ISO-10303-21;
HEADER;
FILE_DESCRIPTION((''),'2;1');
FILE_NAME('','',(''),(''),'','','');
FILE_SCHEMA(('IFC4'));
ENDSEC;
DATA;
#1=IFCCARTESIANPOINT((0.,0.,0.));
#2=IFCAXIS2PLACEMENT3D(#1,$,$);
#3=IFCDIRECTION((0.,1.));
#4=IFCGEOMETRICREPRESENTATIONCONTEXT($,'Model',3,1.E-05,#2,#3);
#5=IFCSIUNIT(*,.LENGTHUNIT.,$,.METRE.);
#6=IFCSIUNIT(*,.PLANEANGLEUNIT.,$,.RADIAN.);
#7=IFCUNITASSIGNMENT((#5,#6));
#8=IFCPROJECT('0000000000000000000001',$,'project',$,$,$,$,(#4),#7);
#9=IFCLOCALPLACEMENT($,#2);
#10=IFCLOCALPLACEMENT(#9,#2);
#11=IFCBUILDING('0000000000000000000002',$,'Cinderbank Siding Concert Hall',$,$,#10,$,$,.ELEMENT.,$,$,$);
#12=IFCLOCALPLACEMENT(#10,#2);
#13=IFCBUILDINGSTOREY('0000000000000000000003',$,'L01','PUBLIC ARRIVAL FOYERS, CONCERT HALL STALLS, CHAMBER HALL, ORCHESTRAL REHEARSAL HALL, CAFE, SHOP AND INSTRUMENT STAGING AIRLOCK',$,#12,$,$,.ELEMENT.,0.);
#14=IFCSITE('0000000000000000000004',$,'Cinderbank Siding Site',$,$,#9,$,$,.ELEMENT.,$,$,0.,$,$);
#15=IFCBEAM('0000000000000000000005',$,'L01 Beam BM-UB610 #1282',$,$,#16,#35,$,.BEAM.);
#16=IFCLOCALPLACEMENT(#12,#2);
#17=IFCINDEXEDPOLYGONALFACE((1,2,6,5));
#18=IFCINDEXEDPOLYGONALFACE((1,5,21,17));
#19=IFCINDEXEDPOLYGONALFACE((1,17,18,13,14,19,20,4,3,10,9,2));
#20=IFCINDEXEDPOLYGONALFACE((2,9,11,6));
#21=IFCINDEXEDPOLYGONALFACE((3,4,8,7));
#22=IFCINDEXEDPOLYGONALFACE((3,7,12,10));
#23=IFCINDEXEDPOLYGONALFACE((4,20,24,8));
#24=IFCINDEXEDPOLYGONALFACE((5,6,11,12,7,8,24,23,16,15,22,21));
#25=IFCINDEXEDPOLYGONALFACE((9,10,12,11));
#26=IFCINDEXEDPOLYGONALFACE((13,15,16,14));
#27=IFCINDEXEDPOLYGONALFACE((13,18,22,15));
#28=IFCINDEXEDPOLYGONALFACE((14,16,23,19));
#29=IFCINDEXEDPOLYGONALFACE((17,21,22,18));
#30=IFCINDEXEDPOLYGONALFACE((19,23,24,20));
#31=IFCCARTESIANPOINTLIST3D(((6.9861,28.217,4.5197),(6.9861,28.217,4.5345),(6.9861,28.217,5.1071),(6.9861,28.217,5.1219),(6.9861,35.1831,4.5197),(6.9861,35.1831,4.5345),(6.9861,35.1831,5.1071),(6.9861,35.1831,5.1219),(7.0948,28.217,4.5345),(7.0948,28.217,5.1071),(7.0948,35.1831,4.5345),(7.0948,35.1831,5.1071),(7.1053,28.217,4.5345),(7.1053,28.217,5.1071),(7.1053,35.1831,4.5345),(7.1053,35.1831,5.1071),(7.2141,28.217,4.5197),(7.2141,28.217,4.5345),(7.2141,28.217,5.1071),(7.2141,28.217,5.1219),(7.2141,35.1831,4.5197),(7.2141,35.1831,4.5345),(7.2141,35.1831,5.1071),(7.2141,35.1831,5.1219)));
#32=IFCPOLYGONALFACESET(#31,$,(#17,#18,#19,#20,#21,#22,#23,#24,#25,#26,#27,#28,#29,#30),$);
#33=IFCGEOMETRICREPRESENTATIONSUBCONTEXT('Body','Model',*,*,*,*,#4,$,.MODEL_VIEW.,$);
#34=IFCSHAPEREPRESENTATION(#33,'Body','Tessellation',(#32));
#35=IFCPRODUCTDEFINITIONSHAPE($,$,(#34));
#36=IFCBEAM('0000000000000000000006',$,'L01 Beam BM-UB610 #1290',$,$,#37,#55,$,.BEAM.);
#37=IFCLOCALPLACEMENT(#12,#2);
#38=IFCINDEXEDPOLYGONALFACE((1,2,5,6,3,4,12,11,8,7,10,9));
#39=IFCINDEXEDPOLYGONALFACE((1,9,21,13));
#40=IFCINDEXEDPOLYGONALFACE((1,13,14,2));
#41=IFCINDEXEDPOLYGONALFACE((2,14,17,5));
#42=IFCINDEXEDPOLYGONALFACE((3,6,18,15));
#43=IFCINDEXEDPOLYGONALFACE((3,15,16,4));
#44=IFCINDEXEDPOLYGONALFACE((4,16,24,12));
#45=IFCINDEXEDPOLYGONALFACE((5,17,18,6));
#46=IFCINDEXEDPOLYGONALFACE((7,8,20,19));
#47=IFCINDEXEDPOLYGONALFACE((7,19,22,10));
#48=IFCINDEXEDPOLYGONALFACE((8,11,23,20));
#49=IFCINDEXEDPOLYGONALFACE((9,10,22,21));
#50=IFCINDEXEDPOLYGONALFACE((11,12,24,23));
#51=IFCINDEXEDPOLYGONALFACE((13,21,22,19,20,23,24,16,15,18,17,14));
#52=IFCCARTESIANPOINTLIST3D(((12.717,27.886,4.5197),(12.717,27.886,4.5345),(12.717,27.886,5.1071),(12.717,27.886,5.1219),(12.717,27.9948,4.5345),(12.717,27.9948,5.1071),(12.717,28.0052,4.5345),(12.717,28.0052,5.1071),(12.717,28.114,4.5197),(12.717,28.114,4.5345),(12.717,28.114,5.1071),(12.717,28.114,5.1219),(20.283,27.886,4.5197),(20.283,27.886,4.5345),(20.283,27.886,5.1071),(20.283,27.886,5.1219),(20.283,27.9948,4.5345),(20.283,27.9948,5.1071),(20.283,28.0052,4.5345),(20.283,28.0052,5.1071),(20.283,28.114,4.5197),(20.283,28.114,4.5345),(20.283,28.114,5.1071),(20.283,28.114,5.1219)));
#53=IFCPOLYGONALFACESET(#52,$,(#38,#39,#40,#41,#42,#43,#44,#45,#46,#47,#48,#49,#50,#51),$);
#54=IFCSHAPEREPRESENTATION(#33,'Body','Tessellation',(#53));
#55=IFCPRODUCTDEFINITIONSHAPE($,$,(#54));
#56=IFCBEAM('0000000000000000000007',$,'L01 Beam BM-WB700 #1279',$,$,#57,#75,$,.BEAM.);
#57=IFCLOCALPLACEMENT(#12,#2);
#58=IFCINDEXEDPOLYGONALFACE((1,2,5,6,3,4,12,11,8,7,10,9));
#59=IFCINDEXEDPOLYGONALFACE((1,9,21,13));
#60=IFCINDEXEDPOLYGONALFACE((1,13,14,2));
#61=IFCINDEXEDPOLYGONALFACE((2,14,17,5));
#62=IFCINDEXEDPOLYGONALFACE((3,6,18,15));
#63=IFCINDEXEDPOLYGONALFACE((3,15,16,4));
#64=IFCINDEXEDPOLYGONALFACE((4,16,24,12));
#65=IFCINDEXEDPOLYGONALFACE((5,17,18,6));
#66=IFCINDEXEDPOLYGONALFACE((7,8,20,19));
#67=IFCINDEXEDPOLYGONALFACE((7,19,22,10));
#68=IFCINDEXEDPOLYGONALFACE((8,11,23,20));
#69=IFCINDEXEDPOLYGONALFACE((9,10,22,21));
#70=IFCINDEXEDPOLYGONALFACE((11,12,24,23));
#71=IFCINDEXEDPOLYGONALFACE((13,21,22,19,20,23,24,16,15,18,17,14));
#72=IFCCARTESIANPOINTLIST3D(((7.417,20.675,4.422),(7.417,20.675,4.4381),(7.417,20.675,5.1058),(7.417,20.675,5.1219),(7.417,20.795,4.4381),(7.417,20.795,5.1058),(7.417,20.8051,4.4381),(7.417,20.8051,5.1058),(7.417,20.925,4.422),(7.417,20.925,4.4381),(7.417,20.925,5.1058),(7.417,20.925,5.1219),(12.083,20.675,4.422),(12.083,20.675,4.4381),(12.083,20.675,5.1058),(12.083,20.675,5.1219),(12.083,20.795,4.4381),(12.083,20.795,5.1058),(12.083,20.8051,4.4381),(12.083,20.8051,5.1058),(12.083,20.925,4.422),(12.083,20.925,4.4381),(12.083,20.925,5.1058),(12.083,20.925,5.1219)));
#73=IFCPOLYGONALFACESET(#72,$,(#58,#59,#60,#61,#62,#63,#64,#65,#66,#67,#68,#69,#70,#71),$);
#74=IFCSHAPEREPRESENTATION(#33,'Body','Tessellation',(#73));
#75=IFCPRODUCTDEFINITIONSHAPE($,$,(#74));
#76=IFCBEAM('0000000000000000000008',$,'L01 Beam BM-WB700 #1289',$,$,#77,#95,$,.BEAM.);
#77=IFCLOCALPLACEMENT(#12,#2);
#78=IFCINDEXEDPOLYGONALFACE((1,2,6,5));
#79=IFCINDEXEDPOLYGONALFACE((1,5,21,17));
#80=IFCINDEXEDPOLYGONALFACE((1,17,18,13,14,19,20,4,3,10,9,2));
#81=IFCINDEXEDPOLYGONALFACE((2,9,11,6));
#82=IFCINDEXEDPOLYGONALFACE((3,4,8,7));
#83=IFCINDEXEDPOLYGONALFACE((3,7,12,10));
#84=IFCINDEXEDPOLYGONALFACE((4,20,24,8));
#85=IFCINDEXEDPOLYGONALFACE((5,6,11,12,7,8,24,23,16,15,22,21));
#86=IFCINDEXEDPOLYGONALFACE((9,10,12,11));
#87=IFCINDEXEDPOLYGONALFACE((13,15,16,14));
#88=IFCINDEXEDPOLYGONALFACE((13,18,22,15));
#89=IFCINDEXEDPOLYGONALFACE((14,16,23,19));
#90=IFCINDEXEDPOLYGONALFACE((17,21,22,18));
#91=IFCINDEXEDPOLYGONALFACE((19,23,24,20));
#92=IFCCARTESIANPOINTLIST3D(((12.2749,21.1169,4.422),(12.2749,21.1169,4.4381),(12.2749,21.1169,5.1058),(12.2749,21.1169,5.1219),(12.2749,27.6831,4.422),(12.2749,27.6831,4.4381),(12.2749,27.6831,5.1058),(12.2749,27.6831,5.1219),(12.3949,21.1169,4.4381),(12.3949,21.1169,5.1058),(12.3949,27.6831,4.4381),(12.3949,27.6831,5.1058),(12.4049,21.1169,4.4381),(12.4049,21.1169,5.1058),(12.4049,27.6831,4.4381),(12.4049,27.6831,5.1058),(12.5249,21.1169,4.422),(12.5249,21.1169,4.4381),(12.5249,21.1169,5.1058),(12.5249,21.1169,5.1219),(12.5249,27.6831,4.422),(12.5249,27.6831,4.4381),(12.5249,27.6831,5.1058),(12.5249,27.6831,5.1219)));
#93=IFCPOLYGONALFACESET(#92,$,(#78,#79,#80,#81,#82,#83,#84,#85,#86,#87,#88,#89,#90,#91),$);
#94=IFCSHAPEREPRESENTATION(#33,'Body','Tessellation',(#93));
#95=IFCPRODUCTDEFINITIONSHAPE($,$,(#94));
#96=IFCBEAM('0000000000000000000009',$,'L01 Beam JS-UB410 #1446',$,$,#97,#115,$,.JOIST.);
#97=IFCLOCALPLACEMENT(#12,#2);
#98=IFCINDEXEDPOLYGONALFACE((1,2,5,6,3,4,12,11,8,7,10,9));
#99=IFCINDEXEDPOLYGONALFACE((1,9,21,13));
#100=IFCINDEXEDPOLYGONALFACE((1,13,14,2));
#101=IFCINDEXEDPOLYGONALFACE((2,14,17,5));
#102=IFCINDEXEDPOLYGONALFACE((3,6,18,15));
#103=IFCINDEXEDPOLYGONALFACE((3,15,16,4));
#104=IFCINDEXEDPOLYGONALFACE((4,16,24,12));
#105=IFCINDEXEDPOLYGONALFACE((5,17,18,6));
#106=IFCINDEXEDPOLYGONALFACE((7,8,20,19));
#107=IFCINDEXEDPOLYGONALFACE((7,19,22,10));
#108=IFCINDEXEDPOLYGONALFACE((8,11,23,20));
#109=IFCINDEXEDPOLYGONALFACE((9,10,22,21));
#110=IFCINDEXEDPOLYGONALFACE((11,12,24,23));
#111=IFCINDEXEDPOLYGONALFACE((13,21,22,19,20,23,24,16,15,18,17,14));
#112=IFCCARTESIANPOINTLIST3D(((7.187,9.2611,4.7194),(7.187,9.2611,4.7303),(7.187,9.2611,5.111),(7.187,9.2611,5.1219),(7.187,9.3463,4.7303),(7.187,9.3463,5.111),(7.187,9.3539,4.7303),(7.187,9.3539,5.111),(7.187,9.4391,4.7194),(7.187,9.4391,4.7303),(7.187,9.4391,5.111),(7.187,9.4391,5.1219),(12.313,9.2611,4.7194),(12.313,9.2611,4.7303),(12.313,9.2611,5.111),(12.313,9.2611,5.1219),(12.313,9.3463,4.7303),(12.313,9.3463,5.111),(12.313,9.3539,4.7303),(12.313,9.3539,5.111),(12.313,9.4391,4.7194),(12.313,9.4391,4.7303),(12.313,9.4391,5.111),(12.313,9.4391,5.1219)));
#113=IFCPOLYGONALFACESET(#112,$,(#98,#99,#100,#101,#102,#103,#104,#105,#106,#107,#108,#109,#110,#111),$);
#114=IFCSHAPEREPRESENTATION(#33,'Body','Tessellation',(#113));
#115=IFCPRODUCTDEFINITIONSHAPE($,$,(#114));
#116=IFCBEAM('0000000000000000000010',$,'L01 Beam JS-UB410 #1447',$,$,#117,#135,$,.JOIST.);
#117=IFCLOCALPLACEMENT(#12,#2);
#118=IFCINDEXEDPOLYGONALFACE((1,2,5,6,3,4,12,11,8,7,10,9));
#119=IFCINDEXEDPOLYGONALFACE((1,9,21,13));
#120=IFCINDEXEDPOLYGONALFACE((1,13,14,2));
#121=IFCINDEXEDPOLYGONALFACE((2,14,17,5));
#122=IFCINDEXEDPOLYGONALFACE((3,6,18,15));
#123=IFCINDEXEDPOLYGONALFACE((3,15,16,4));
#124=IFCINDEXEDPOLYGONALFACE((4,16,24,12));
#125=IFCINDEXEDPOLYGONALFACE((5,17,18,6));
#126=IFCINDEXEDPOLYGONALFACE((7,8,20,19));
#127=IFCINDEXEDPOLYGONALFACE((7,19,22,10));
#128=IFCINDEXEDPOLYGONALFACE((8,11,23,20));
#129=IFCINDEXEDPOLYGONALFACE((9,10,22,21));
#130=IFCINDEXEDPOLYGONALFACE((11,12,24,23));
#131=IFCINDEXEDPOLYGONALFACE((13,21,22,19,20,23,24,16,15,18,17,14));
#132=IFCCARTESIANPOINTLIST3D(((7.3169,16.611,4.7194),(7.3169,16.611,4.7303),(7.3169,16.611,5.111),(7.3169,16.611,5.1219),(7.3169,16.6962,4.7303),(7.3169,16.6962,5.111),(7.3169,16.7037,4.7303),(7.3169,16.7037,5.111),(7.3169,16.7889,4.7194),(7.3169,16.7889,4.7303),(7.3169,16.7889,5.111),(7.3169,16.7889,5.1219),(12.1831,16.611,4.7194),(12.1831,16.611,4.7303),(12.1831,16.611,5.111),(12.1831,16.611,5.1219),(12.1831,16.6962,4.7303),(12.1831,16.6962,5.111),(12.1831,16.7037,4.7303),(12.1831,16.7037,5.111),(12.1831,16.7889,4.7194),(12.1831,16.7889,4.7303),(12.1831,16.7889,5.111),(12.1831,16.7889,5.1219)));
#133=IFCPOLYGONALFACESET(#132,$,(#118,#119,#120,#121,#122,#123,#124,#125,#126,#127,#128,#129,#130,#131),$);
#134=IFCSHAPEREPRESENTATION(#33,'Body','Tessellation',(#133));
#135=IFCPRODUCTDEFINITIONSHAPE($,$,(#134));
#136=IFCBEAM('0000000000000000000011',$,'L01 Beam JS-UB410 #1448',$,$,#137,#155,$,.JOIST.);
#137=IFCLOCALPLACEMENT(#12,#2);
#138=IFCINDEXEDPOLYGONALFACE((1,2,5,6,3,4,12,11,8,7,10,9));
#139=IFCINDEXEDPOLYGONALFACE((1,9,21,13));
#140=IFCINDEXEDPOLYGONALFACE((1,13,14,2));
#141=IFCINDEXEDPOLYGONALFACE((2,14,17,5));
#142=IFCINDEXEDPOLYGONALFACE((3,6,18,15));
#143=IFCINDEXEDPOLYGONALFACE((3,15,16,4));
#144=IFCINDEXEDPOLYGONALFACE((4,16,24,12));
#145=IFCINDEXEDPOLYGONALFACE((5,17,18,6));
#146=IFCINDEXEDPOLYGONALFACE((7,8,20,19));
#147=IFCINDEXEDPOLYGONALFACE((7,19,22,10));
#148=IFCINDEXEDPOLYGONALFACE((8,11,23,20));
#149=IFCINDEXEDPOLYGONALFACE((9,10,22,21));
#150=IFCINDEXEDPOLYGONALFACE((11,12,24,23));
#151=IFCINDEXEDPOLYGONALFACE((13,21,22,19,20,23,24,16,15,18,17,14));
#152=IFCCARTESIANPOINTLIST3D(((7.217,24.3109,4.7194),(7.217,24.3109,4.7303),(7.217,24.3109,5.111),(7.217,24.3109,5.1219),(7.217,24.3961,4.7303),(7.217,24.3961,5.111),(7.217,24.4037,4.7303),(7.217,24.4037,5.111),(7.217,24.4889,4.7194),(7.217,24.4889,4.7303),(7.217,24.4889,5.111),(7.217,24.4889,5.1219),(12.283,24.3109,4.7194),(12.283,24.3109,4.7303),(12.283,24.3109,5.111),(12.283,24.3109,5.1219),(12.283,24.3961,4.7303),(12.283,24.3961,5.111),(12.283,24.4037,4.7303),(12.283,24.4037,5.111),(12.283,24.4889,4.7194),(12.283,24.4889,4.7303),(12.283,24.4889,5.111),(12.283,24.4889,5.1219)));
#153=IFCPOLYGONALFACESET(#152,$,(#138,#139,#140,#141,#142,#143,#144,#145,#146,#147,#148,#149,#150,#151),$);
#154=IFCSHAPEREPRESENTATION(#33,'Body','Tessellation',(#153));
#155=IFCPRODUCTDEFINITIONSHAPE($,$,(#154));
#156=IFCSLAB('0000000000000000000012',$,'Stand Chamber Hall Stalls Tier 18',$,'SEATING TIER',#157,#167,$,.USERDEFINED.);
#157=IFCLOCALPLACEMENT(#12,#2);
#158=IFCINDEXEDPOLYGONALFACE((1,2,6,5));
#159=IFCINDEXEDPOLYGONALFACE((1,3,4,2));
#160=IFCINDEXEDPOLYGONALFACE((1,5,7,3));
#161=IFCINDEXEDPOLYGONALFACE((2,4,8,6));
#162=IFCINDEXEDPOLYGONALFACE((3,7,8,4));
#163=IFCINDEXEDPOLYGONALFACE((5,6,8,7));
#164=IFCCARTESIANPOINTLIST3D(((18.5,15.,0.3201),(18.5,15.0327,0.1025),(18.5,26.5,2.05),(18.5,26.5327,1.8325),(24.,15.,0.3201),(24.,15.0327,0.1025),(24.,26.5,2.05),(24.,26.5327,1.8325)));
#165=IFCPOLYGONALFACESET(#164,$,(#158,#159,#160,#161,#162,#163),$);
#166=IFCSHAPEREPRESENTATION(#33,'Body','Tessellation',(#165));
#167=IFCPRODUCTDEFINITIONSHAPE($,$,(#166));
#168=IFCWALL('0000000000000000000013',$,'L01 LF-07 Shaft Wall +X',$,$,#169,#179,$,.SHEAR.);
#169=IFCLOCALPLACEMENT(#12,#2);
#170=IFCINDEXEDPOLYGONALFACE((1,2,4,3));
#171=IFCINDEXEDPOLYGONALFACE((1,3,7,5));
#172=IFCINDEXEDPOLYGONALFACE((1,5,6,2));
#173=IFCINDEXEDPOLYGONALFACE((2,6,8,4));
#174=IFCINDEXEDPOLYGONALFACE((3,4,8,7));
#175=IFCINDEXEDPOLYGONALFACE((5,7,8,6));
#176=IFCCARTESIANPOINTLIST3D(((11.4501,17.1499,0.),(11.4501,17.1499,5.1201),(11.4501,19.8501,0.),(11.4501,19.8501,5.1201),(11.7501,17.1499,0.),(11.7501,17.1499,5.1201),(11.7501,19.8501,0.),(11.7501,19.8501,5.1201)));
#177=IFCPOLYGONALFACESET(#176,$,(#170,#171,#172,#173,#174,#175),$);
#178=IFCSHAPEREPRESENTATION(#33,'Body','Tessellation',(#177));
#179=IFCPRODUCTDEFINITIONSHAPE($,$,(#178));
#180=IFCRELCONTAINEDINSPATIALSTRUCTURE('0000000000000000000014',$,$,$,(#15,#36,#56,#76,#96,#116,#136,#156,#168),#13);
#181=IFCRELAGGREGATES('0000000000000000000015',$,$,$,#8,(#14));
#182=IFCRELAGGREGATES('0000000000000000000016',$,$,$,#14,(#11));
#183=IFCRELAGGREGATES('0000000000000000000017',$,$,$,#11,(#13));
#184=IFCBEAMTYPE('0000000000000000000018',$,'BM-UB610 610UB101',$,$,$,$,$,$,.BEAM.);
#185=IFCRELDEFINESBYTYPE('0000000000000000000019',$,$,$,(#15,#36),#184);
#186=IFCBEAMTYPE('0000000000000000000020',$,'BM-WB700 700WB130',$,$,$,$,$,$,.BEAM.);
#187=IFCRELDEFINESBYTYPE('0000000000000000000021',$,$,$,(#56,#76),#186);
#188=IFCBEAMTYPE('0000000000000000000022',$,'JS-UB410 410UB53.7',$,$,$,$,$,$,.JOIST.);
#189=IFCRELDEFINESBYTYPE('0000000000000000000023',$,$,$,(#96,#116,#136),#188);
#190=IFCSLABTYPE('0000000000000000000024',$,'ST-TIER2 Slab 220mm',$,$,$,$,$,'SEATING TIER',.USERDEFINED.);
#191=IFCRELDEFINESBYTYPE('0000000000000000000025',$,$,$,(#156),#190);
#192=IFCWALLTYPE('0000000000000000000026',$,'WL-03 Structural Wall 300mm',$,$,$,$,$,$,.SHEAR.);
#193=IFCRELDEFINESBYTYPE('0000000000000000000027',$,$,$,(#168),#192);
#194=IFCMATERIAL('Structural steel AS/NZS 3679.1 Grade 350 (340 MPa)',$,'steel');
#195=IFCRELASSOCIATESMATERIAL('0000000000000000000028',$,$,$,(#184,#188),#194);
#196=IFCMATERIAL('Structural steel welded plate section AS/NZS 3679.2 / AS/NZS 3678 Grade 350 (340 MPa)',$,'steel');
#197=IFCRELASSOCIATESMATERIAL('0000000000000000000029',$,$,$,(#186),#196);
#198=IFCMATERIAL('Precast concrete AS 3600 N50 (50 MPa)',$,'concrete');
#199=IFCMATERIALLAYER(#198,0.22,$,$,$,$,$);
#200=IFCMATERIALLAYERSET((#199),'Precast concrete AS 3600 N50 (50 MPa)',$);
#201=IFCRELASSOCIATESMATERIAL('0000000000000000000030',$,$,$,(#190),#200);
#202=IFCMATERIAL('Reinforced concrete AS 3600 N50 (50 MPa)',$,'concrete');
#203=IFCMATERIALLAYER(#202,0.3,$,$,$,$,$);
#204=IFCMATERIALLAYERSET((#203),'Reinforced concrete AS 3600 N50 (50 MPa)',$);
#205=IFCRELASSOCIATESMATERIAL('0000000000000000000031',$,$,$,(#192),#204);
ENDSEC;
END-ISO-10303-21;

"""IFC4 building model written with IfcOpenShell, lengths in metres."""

from ifc_helpers import new_model, si_unit, direction, frame, frame_2d, origin, origin_2d, place, context, subcontext, project, spatial, polyline, rectangle, i_section, outline, extrude, material, layer, layer_set, material_profile, profile_set, type_object, element, save


model = new_model("IFC4")

# Units and contexts
model_context = context("Model", 3, precision=1e-05, world=origin(), true_north=direction((0.0, 1.0)))
body_context = subcontext(model_context, "Body", "Model", "MODEL_VIEW")
ifc_project = project(units=[si_unit("LENGTHUNIT", "METRE"), si_unit("PLANEANGLEUNIT", "RADIAN")], contexts=[model_context])

# Site, building, storey
site_placement = place(None, origin())
site = spatial("IfcSite", under=ifc_project, at=site_placement, Name="Cinderbank Siding Site", CompositionType="ELEMENT", RefElevation=0.0)
building_placement = place(site_placement, origin())
building = spatial("IfcBuilding", under=site, at=building_placement, Name="Cinderbank Siding Concert Hall", CompositionType="ELEMENT")
storey_placement = place(building_placement, origin())
storey = spatial("IfcBuildingStorey", under=building, at=storey_placement, Name="L01", Description="PUBLIC ARRIVAL FOYERS, CONCERT HALL STALLS, CHAMBER HALL, ORCHESTRAL REHEARSAL HALL, CAFE, SHOP AND INSTRUMENT STAGING AIRLOCK", CompositionType="ELEMENT", Elevation=0.0)

# Shared definitions
ifc_material_1 = material(Name="Reinforced concrete AS 3600 N50 (50 MPa)", Category="concrete")

# Beams
ifc_material_2 = material(Name="Structural steel AS/NZS 3679.1 Grade 350 (340 MPa)", Category="steel")
ifc_material_profile_1 = material_profile(ifc_material_2, i_section(OverallWidth=0.228, OverallDepth=0.6023, WebThickness=0.0105, FlangeThickness=0.0149, at=origin_2d()), Name="610UB101", Category="LoadBearing")
ifc_profile_set_1 = profile_set([ifc_material_profile_1], Name="Structural steel AS/NZS 3679.1 Grade 350 (340 MPa)")
beam_type_1 = type_object("IfcBeamType", Name="BM-UB610 610UB101", PredefinedType="BEAM", material=ifc_profile_set_1)
beam_1_placement = place(storey_placement, frame((7.1001, 28.217, 4.8208), z_axis=(0.0, 1.0, 0.0), x_axis=(-1.0, 0.0, 0.0)))
element("IfcBeam", 1, at=beam_1_placement, inside=storey, type_object=beam_type_1, Name="L01 Beam BM-UB610 #1282", PredefinedType="BEAM", context=body_context, shape_type="SweptSolid", body=[
    extrude(i_section(OverallWidth=0.228, OverallDepth=0.6023, WebThickness=0.0105, FlangeThickness=0.0149, at=origin_2d()), origin(), (0.0, 0.0, 1.0), 6.9661),
])
beam_2_placement = place(storey_placement, frame((12.717, 28.0, 4.8208), z_axis=(1.0, 0.0, 0.0), x_axis=(0.0, 1.0, 0.0)))
element("IfcBeam", 2, at=beam_2_placement, inside=storey, type_object=beam_type_1, Name="L01 Beam BM-UB610 #1290", PredefinedType="BEAM", context=body_context, shape_type="SweptSolid", body=[
    extrude(i_section(OverallWidth=0.228, OverallDepth=0.6023, WebThickness=0.0105, FlangeThickness=0.0149, at=origin_2d()), origin(), (0.0, 0.0, 1.0), 7.5659),
])
ifc_material_3 = material(Name="Structural steel welded plate section AS/NZS 3679.2 / AS/NZS 3678 Grade 350 (340 MPa)", Category="steel")
ifc_material_profile_2 = material_profile(ifc_material_3, i_section(OverallWidth=0.25, OverallDepth=0.7, WebThickness=0.01, FlangeThickness=0.0161, at=origin_2d()), Name="700WB130", Category="LoadBearing")
ifc_profile_set_2 = profile_set([ifc_material_profile_2], Name="Structural steel welded plate section AS/NZS 3679.2 / AS/NZS 3678 Grade 350 (340 MPa)")
beam_type_2 = type_object("IfcBeamType", Name="BM-WB700 700WB130", PredefinedType="BEAM", material=ifc_profile_set_2)
beam_3_placement = place(storey_placement, frame((7.417, 20.8, 4.772), z_axis=(1.0, 0.0, 0.0), x_axis=(0.0, 1.0, 0.0)))
element("IfcBeam", 3, at=beam_3_placement, inside=storey, type_object=beam_type_2, Name="L01 Beam BM-WB700 #1279", PredefinedType="BEAM", context=body_context, shape_type="SweptSolid", body=[
    extrude(i_section(OverallWidth=0.25, OverallDepth=0.7, WebThickness=0.01, FlangeThickness=0.0161, at=origin_2d()), origin(), (0.0, 0.0, 1.0), 4.666),
])
beam_4_placement = place(storey_placement, frame((12.3999, 21.1169, 4.772), z_axis=(0.0, 1.0, 0.0), x_axis=(-1.0, 0.0, 0.0)))
element("IfcBeam", 4, at=beam_4_placement, inside=storey, type_object=beam_type_2, Name="L01 Beam BM-WB700 #1289", PredefinedType="BEAM", context=body_context, shape_type="SweptSolid", body=[
    extrude(i_section(OverallWidth=0.25, OverallDepth=0.7, WebThickness=0.01, FlangeThickness=0.0161, at=origin_2d()), origin(), (0.0, 0.0, 1.0), 6.5662),
])
ifc_material_profile_3 = material_profile(ifc_material_2, i_section(OverallWidth=0.178, OverallDepth=0.4026, WebThickness=0.0076, FlangeThickness=0.011, at=origin_2d()), Name="410UB53.7", Category="LoadBearing")
ifc_profile_set_3 = profile_set([ifc_material_profile_3], Name="Structural steel AS/NZS 3679.1 Grade 350 (340 MPa)")
beam_type_3 = type_object("IfcBeamType", Name="JS-UB410 410UB53.7", PredefinedType="JOIST", material=ifc_profile_set_3)
beam_5_placement = place(storey_placement, frame((7.187, 9.3501, 4.9207), z_axis=(1.0, 0.0, 0.0), x_axis=(0.0, 1.0, 0.0)))
element("IfcBeam", 5, at=beam_5_placement, inside=storey, type_object=beam_type_3, Name="L01 Beam JS-UB410 #1446", PredefinedType="JOIST", context=body_context, shape_type="SweptSolid", body=[
    extrude(i_section(OverallWidth=0.178, OverallDepth=0.4026, WebThickness=0.0076, FlangeThickness=0.011, at=origin_2d()), origin(), (0.0, 0.0, 1.0), 5.126),
])
beam_6_placement = place(storey_placement, frame((7.3169, 16.7, 4.9207), z_axis=(1.0, 0.0, 0.0), x_axis=(0.0, 1.0, 0.0)))
element("IfcBeam", 6, at=beam_6_placement, inside=storey, type_object=beam_type_3, Name="L01 Beam JS-UB410 #1447", PredefinedType="JOIST", context=body_context, shape_type="SweptSolid", body=[
    extrude(i_section(OverallWidth=0.178, OverallDepth=0.4026, WebThickness=0.0076, FlangeThickness=0.011, at=origin_2d()), origin(), (0.0, 0.0, 1.0), 4.8662),
])
beam_7_placement = place(storey_placement, frame((7.217, 24.3999, 4.9207), z_axis=(1.0, 0.0, 0.0), x_axis=(0.0, 1.0, 0.0)))
element("IfcBeam", 7, at=beam_7_placement, inside=storey, type_object=beam_type_3, Name="L01 Beam JS-UB410 #1448", PredefinedType="JOIST", context=body_context, shape_type="SweptSolid", body=[
    extrude(i_section(OverallWidth=0.178, OverallDepth=0.4026, WebThickness=0.0076, FlangeThickness=0.011, at=origin_2d()), origin(), (0.0, 0.0, 1.0), 5.0659),
])

# Slab
ifc_material_4 = material(Name="Precast concrete AS 3600 N50 (50 MPa)", Category="concrete")
ifc_layer_1 = layer(ifc_material_4, 0.22)
ifc_layer_set_1 = layer_set([ifc_layer_1], Name="Precast concrete AS 3600 N50 (50 MPa)")
slab_type = type_object("IfcSlabType", Name="ST-TIER2 Slab 220mm", ElementType="SEATING TIER", PredefinedType="USERDEFINED", material=ifc_layer_set_1)
slab_placement = place(storey_placement, frame((18.5, 15.0, 0.3201), z_axis=(0.0, -0.148759, 0.988873), x_axis=(1.0, 0.0, 0.0)))
element("IfcSlab", 8, at=slab_placement, inside=storey, type_object=slab_type, Name="Stand Chamber Hall Stalls Tier 18", ObjectType="SEATING TIER", PredefinedType="USERDEFINED", context=body_context, shape_type="SweptSolid", body=[
    extrude(outline(polyline([(0.0, 0.0), (5.5, 0.0), (5.5, 11.6294), (0.0, 11.6294), (0.0, 0.0)])), origin(), (0.0, 0.0, -1.0), 0.22),
])

# Shared definitions
ifc_layer_2 = layer(ifc_material_1, 0.3)
ifc_layer_set_2 = layer_set([ifc_layer_2], Name="Reinforced concrete AS 3600 N50 (50 MPa)")
wall_type_1 = type_object("IfcWallType", Name="WL-03 Structural Wall 300mm", PredefinedType="SHEAR", material=ifc_layer_set_2)

# Wall
wall_1_placement = place(storey_placement, frame((11.6001, 19.8501, 0.0), z_axis=(0.0, 0.0, 1.0), x_axis=(0.0, -1.0, 0.0)))
element("IfcWall", 9, at=wall_1_placement, inside=storey, type_object=wall_type_1, Name="L01 LF-07 Shaft Wall +X", PredefinedType="SHEAR", context=body_context, shape_type="SweptSolid", body=[
    extrude(rectangle(XDim=2.7002, YDim=0.3, at=frame_2d((1.3501, 0.0))), origin(), (0.0, 0.0, 1.0), 5.1201),
])

save(model, "model.ifc")
